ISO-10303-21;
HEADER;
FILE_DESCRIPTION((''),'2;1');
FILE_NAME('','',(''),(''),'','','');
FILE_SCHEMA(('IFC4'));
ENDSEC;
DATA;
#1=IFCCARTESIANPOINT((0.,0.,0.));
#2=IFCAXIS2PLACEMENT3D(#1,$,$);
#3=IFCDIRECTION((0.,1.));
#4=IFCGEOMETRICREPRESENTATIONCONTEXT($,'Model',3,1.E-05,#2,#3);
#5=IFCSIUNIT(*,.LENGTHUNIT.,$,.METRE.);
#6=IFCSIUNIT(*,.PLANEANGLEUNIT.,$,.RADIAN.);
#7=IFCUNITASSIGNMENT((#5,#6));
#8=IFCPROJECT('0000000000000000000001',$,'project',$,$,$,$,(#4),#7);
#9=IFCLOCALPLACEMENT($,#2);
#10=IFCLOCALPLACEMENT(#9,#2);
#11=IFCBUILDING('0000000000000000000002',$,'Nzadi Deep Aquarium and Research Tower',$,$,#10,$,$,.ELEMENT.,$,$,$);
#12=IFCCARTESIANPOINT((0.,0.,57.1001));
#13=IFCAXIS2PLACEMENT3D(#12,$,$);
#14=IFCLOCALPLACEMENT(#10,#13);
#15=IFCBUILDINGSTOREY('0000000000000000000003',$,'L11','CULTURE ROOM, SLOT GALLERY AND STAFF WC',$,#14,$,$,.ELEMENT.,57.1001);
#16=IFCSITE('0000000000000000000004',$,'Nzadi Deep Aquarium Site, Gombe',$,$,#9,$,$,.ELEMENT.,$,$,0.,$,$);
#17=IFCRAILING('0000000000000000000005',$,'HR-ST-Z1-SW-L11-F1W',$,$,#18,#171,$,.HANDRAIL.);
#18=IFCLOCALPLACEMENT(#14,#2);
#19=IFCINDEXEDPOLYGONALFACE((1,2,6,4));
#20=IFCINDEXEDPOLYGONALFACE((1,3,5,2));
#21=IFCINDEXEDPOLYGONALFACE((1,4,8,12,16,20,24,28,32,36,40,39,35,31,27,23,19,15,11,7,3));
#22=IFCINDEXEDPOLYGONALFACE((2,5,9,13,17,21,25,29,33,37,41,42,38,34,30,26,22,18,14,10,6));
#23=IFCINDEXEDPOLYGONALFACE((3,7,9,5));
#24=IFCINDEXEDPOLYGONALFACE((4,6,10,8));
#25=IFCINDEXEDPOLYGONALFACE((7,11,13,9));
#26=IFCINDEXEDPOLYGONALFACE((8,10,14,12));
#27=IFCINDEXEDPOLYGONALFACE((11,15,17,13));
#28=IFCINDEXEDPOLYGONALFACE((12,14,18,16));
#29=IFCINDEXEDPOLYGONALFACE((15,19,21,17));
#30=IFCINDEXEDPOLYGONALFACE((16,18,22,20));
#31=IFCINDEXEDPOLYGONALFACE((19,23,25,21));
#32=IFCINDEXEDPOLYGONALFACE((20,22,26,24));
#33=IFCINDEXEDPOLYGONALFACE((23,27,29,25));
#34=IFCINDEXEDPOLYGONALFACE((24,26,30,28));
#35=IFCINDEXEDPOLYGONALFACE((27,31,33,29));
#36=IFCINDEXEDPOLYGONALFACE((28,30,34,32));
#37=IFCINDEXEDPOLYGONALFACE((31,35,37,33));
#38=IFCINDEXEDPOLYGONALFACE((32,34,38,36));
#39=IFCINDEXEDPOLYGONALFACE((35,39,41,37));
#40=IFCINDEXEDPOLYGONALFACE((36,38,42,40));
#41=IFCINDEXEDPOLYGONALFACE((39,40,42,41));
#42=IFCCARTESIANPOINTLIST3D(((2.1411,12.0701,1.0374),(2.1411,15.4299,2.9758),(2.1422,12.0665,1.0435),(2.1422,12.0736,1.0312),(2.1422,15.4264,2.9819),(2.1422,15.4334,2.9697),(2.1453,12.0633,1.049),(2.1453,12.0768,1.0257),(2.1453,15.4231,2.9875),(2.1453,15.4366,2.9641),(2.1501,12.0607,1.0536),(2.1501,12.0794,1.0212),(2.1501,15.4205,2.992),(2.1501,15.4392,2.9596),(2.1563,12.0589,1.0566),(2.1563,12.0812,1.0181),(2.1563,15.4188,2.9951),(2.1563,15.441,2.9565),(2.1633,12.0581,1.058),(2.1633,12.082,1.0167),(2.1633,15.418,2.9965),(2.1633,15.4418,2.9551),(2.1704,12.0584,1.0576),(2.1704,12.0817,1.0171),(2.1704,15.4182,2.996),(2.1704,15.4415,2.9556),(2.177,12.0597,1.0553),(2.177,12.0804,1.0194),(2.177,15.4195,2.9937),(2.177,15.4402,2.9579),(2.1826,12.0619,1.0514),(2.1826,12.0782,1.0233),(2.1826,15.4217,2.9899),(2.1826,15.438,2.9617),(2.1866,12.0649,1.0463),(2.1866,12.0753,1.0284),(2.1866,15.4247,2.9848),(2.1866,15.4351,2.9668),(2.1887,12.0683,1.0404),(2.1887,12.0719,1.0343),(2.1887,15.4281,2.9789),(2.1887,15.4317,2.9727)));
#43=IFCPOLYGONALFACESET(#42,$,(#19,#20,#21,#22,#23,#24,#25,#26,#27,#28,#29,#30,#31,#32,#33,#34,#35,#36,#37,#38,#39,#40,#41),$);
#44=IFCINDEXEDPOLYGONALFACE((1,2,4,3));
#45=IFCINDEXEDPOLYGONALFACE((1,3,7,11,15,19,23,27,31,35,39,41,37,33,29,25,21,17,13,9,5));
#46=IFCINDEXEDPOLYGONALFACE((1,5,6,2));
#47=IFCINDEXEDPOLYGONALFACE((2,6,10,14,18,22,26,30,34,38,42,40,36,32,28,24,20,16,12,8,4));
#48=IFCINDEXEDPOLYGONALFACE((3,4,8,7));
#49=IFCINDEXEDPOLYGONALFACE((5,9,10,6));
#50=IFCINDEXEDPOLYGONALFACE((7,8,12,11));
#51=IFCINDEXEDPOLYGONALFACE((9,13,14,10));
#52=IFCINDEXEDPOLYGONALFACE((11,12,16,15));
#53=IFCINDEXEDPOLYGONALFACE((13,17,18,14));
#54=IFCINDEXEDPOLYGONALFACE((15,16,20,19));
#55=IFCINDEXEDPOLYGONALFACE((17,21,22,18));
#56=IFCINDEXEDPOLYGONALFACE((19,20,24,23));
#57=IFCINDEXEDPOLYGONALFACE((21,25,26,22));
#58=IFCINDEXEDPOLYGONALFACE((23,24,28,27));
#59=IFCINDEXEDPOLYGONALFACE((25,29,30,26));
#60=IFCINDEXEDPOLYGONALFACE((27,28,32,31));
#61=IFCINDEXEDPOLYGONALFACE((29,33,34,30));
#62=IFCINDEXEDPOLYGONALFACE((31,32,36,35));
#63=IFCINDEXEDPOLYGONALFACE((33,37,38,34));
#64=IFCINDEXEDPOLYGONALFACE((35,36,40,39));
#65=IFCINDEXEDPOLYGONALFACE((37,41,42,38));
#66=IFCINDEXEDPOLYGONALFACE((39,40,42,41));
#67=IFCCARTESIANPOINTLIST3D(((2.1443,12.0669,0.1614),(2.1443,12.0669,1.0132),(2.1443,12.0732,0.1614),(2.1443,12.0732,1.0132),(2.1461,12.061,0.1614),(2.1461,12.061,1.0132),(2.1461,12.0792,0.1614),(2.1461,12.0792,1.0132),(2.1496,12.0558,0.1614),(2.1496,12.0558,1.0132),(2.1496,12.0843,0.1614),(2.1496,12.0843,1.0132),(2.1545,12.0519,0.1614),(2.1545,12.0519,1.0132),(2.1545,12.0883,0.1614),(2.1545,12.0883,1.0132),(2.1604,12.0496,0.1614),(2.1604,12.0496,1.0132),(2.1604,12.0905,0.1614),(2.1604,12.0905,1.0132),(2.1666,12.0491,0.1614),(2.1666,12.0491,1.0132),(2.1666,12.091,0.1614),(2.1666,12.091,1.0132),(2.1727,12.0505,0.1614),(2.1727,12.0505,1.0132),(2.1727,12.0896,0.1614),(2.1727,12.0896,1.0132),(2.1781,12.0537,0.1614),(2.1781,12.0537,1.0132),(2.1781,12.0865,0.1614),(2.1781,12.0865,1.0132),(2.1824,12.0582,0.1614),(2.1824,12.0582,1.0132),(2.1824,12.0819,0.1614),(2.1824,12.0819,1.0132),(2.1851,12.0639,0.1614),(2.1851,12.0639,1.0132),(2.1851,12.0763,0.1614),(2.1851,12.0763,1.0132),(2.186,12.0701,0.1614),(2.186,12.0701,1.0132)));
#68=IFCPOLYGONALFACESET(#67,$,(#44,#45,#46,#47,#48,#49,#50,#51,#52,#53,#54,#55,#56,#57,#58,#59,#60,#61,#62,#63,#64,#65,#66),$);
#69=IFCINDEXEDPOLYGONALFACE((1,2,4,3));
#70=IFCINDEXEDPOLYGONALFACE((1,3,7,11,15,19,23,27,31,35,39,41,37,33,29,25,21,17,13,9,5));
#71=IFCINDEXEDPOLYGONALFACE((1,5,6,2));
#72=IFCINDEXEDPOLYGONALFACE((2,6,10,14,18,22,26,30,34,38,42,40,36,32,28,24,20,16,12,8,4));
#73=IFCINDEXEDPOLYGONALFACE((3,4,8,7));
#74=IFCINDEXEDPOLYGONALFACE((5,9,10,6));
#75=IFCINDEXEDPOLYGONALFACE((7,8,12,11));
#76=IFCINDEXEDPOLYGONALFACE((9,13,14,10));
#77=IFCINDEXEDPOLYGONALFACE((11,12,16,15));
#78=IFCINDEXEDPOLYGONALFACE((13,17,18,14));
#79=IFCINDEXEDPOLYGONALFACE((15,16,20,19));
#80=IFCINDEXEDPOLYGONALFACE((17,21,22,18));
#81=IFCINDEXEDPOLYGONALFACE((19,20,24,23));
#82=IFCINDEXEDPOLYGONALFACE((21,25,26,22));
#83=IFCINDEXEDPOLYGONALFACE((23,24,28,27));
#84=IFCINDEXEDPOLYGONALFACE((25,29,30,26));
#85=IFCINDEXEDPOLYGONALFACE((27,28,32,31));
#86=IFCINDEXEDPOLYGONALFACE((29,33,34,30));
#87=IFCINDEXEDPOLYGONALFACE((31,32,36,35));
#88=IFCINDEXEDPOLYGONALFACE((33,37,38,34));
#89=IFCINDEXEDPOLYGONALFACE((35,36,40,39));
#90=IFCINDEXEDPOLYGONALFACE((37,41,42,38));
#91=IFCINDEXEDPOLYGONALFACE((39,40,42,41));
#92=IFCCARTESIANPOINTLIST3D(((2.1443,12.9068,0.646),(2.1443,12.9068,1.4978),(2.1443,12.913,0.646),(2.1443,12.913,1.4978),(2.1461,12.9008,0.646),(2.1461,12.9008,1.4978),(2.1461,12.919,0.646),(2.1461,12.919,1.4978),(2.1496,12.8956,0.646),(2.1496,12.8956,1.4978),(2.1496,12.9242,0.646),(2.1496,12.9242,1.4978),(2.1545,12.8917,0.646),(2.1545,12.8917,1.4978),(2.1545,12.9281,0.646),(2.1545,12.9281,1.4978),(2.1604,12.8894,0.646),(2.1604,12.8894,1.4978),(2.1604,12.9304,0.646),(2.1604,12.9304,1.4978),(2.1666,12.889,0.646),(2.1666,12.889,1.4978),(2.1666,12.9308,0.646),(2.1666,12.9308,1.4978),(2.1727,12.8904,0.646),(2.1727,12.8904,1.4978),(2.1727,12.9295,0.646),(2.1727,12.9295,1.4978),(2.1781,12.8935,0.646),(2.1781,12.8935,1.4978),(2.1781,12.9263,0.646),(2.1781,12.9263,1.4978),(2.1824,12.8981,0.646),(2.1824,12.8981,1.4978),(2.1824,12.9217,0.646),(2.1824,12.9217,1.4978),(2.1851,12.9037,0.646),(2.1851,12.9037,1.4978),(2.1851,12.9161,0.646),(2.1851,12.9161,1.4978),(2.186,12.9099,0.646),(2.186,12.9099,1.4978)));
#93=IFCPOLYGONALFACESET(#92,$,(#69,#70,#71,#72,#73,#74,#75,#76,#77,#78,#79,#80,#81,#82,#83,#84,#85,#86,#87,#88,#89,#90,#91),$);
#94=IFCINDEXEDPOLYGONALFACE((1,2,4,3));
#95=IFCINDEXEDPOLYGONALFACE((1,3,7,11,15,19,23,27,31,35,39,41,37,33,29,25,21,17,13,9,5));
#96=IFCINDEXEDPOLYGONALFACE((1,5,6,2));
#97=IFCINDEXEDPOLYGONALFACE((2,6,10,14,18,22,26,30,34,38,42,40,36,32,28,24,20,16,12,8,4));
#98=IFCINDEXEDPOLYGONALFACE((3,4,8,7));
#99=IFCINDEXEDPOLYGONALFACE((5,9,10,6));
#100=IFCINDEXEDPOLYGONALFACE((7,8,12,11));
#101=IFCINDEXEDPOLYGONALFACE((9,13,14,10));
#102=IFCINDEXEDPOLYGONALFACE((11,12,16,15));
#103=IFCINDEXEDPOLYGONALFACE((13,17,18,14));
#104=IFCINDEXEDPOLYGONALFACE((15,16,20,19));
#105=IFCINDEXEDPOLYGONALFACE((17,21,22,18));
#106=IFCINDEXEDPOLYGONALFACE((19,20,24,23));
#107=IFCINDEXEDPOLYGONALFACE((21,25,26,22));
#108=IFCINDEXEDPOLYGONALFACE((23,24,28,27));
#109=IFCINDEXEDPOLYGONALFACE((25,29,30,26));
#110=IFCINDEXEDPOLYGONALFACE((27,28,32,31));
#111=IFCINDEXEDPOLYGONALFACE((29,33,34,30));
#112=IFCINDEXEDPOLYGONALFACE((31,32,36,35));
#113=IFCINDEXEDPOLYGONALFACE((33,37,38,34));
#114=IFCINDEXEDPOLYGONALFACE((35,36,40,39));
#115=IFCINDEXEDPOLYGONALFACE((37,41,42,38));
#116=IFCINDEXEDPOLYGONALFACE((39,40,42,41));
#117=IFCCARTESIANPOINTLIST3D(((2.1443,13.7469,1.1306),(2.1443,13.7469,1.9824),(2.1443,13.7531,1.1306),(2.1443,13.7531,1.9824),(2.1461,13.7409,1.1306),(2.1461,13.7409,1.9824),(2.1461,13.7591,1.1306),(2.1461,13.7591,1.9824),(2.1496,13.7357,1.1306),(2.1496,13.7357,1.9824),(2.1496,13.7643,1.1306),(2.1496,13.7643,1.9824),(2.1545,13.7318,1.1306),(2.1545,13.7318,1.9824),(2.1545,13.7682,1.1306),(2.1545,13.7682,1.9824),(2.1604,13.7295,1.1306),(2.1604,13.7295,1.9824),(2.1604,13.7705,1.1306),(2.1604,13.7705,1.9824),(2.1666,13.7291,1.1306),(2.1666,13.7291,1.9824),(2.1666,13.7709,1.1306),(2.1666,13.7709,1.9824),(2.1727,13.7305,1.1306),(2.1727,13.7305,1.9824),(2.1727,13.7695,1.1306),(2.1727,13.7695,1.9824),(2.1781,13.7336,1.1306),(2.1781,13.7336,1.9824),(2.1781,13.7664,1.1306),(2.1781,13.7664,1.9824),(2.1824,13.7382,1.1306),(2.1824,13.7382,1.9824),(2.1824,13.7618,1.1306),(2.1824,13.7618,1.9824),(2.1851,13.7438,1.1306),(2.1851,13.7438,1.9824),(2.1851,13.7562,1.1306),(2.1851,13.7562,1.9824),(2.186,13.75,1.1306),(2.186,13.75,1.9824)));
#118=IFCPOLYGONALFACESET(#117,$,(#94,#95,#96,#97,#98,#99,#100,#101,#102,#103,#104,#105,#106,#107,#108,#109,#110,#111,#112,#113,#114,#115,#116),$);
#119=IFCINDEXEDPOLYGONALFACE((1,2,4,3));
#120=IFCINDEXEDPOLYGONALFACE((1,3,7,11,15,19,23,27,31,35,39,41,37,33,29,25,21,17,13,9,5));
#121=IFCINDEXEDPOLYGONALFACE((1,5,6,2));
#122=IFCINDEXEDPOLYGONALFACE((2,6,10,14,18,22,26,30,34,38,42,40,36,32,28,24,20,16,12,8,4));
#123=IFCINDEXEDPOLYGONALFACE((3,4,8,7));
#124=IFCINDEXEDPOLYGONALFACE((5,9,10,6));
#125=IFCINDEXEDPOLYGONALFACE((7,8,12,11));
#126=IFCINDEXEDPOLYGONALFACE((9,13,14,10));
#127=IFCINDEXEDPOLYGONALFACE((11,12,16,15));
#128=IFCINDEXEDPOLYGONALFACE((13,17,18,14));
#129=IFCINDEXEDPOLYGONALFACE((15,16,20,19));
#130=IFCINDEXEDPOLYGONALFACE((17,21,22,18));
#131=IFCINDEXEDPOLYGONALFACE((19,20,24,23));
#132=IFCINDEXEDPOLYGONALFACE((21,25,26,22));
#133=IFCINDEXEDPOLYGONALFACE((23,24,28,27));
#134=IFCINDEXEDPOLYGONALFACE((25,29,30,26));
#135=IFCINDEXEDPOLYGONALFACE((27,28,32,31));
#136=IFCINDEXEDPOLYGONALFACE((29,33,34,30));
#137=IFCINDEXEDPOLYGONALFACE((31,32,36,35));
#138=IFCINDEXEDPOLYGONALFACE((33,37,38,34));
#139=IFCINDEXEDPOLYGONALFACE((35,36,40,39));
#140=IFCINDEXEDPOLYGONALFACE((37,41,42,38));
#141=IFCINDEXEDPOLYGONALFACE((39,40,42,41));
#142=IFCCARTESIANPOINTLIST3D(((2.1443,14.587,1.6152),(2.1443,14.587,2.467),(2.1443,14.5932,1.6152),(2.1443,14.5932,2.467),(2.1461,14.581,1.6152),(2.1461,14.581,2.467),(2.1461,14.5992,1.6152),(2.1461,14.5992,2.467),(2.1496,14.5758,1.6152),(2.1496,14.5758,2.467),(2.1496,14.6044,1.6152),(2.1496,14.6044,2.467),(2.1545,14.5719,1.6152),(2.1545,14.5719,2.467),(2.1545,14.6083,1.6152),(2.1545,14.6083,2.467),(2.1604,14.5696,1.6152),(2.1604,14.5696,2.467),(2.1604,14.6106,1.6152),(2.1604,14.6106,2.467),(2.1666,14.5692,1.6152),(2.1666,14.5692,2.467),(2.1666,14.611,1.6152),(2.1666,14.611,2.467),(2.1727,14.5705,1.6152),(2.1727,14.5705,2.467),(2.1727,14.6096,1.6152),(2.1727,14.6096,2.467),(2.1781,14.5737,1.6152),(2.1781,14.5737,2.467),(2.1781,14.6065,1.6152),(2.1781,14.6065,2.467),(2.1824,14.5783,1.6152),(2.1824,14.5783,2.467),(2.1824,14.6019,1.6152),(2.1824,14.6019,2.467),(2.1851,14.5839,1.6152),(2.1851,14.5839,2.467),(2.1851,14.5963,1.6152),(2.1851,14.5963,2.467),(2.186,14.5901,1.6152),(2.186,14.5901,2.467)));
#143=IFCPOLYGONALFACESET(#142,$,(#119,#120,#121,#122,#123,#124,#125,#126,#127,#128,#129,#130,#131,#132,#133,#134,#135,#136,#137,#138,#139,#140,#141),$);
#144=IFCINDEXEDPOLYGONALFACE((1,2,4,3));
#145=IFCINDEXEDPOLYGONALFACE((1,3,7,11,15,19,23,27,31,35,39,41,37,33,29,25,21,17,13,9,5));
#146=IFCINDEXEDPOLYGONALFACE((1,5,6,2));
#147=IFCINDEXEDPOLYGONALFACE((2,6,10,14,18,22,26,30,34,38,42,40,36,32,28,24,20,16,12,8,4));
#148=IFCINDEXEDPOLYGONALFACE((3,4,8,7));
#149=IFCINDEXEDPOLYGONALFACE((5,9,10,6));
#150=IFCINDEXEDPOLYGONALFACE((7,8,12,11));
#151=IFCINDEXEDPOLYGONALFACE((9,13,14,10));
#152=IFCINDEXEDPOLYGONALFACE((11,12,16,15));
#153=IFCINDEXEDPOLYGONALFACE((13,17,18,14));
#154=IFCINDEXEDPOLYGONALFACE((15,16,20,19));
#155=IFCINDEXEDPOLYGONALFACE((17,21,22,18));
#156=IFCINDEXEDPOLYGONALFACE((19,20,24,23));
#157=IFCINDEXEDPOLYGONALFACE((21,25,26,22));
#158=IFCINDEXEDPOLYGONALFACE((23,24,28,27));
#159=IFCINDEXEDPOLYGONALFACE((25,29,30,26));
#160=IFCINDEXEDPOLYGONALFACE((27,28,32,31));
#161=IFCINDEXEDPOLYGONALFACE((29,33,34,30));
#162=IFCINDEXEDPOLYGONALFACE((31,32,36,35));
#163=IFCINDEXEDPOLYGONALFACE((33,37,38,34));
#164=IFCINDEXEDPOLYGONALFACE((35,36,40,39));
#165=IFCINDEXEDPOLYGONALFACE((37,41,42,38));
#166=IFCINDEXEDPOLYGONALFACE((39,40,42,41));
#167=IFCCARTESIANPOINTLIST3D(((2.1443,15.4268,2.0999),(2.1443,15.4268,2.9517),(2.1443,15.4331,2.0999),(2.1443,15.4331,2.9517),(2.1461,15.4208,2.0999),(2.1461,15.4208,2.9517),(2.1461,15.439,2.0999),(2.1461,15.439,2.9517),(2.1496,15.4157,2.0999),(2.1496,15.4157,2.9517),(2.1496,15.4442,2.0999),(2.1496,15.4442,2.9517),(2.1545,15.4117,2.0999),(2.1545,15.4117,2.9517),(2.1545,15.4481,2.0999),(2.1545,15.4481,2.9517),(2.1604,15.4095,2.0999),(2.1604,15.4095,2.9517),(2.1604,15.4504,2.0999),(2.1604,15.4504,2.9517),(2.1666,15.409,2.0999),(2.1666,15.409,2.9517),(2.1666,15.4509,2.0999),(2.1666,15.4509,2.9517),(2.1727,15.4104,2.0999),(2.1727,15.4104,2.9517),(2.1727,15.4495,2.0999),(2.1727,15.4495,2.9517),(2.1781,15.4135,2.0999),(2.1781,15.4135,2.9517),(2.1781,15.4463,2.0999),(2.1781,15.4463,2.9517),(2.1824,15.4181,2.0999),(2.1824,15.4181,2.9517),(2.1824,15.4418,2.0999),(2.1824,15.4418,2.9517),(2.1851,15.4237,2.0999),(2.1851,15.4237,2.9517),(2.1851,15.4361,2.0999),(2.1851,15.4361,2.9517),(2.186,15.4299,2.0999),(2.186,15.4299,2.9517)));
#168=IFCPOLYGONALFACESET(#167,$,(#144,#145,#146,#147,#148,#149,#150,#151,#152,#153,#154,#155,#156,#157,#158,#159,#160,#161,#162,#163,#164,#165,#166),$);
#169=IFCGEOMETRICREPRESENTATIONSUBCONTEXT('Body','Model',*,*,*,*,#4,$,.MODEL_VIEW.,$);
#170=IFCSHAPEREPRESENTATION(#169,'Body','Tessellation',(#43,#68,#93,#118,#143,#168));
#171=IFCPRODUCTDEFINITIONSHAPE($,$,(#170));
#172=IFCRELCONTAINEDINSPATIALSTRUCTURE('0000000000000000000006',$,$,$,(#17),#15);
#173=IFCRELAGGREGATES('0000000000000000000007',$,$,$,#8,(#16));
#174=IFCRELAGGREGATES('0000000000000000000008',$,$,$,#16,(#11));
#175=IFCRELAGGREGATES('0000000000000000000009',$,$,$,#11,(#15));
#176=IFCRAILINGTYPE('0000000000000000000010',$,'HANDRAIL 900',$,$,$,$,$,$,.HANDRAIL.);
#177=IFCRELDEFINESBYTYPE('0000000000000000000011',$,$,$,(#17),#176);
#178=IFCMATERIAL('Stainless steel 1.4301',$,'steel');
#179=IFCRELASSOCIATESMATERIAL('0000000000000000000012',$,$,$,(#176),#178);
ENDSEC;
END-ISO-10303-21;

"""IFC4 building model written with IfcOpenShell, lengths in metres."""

from ifc_helpers import new_model, si_unit, direction, frame, origin, origin_2d, place, context, subcontext, project, spatial, circle, extrude, material, type_object, element, save


model = new_model("IFC4")

# Units and contexts
model_context = context("Model", 3, precision=1e-05, world=origin(), true_north=direction((0.0, 1.0)))
body_context = subcontext(model_context, "Body", "Model", "MODEL_VIEW")
ifc_project = project(units=[si_unit("LENGTHUNIT", "METRE"), si_unit("PLANEANGLEUNIT", "RADIAN")], contexts=[model_context])

# Site, building, storey
site_placement = place(None, origin())
site = spatial("IfcSite", under=ifc_project, at=site_placement, Name="Nzadi Deep Aquarium Site, Gombe", CompositionType="ELEMENT", RefElevation=0.0)
building_placement = place(site_placement, origin())
building = spatial("IfcBuilding", under=site, at=building_placement, Name="Nzadi Deep Aquarium and Research Tower", CompositionType="ELEMENT")
storey_placement = place(building_placement, frame((0.0, 0.0, 57.1001)))
storey = spatial("IfcBuildingStorey", under=building, at=storey_placement, Name="L11", Description="CULTURE ROOM, SLOT GALLERY AND STAFF WC", CompositionType="ELEMENT", Elevation=57.1001)

# Railing
ifc_material_1 = material(Name="Stainless steel 1.4301", Category="steel")
railing_type = type_object("IfcRailingType", Name="HANDRAIL 900", PredefinedType="HANDRAIL", material=ifc_material_1)
for number, where, name in (
    (1, (2.165, 12.0701, 0.1614), "HR-ST-Z1-SW-L11-F1W"),
):
    element("IfcRailing", number, at=place(storey_placement, frame(where)), inside=storey, type_object=railing_type, Name=name, PredefinedType="HANDRAIL", context=body_context, shape_type="SweptSolid", body=[
        extrude(circle(Radius=0.0239, at=origin_2d()), frame((0.0, 0.0, 0.876), z_axis=(0.0, 0.866175, 0.499741), x_axis=(-1.0, 0.0, 0.0)), (0.0, 0.0, 1.0), 3.8789),
        extrude(circle(Radius=0.021, at=origin_2d()), origin(), (0.0, 0.0, 1.0), 0.8518),
        extrude(circle(Radius=0.021, at=origin_2d()), frame((0.0, 0.8398, 0.4846)), (0.0, 0.0, 1.0), 0.8518),
        extrude(circle(Radius=0.021, at=origin_2d()), frame((0.0, 1.6799, 0.9692)), (0.0, 0.0, 1.0), 0.8518),
        extrude(circle(Radius=0.021, at=origin_2d()), frame((0.0, 2.52, 1.4539)), (0.0, 0.0, 1.0), 0.8518),
        extrude(circle(Radius=0.021, at=origin_2d()), frame((0.0, 3.3599, 1.9385)), (0.0, 0.0, 1.0), 0.8518),
    ])

save(model, "model.ifc")
